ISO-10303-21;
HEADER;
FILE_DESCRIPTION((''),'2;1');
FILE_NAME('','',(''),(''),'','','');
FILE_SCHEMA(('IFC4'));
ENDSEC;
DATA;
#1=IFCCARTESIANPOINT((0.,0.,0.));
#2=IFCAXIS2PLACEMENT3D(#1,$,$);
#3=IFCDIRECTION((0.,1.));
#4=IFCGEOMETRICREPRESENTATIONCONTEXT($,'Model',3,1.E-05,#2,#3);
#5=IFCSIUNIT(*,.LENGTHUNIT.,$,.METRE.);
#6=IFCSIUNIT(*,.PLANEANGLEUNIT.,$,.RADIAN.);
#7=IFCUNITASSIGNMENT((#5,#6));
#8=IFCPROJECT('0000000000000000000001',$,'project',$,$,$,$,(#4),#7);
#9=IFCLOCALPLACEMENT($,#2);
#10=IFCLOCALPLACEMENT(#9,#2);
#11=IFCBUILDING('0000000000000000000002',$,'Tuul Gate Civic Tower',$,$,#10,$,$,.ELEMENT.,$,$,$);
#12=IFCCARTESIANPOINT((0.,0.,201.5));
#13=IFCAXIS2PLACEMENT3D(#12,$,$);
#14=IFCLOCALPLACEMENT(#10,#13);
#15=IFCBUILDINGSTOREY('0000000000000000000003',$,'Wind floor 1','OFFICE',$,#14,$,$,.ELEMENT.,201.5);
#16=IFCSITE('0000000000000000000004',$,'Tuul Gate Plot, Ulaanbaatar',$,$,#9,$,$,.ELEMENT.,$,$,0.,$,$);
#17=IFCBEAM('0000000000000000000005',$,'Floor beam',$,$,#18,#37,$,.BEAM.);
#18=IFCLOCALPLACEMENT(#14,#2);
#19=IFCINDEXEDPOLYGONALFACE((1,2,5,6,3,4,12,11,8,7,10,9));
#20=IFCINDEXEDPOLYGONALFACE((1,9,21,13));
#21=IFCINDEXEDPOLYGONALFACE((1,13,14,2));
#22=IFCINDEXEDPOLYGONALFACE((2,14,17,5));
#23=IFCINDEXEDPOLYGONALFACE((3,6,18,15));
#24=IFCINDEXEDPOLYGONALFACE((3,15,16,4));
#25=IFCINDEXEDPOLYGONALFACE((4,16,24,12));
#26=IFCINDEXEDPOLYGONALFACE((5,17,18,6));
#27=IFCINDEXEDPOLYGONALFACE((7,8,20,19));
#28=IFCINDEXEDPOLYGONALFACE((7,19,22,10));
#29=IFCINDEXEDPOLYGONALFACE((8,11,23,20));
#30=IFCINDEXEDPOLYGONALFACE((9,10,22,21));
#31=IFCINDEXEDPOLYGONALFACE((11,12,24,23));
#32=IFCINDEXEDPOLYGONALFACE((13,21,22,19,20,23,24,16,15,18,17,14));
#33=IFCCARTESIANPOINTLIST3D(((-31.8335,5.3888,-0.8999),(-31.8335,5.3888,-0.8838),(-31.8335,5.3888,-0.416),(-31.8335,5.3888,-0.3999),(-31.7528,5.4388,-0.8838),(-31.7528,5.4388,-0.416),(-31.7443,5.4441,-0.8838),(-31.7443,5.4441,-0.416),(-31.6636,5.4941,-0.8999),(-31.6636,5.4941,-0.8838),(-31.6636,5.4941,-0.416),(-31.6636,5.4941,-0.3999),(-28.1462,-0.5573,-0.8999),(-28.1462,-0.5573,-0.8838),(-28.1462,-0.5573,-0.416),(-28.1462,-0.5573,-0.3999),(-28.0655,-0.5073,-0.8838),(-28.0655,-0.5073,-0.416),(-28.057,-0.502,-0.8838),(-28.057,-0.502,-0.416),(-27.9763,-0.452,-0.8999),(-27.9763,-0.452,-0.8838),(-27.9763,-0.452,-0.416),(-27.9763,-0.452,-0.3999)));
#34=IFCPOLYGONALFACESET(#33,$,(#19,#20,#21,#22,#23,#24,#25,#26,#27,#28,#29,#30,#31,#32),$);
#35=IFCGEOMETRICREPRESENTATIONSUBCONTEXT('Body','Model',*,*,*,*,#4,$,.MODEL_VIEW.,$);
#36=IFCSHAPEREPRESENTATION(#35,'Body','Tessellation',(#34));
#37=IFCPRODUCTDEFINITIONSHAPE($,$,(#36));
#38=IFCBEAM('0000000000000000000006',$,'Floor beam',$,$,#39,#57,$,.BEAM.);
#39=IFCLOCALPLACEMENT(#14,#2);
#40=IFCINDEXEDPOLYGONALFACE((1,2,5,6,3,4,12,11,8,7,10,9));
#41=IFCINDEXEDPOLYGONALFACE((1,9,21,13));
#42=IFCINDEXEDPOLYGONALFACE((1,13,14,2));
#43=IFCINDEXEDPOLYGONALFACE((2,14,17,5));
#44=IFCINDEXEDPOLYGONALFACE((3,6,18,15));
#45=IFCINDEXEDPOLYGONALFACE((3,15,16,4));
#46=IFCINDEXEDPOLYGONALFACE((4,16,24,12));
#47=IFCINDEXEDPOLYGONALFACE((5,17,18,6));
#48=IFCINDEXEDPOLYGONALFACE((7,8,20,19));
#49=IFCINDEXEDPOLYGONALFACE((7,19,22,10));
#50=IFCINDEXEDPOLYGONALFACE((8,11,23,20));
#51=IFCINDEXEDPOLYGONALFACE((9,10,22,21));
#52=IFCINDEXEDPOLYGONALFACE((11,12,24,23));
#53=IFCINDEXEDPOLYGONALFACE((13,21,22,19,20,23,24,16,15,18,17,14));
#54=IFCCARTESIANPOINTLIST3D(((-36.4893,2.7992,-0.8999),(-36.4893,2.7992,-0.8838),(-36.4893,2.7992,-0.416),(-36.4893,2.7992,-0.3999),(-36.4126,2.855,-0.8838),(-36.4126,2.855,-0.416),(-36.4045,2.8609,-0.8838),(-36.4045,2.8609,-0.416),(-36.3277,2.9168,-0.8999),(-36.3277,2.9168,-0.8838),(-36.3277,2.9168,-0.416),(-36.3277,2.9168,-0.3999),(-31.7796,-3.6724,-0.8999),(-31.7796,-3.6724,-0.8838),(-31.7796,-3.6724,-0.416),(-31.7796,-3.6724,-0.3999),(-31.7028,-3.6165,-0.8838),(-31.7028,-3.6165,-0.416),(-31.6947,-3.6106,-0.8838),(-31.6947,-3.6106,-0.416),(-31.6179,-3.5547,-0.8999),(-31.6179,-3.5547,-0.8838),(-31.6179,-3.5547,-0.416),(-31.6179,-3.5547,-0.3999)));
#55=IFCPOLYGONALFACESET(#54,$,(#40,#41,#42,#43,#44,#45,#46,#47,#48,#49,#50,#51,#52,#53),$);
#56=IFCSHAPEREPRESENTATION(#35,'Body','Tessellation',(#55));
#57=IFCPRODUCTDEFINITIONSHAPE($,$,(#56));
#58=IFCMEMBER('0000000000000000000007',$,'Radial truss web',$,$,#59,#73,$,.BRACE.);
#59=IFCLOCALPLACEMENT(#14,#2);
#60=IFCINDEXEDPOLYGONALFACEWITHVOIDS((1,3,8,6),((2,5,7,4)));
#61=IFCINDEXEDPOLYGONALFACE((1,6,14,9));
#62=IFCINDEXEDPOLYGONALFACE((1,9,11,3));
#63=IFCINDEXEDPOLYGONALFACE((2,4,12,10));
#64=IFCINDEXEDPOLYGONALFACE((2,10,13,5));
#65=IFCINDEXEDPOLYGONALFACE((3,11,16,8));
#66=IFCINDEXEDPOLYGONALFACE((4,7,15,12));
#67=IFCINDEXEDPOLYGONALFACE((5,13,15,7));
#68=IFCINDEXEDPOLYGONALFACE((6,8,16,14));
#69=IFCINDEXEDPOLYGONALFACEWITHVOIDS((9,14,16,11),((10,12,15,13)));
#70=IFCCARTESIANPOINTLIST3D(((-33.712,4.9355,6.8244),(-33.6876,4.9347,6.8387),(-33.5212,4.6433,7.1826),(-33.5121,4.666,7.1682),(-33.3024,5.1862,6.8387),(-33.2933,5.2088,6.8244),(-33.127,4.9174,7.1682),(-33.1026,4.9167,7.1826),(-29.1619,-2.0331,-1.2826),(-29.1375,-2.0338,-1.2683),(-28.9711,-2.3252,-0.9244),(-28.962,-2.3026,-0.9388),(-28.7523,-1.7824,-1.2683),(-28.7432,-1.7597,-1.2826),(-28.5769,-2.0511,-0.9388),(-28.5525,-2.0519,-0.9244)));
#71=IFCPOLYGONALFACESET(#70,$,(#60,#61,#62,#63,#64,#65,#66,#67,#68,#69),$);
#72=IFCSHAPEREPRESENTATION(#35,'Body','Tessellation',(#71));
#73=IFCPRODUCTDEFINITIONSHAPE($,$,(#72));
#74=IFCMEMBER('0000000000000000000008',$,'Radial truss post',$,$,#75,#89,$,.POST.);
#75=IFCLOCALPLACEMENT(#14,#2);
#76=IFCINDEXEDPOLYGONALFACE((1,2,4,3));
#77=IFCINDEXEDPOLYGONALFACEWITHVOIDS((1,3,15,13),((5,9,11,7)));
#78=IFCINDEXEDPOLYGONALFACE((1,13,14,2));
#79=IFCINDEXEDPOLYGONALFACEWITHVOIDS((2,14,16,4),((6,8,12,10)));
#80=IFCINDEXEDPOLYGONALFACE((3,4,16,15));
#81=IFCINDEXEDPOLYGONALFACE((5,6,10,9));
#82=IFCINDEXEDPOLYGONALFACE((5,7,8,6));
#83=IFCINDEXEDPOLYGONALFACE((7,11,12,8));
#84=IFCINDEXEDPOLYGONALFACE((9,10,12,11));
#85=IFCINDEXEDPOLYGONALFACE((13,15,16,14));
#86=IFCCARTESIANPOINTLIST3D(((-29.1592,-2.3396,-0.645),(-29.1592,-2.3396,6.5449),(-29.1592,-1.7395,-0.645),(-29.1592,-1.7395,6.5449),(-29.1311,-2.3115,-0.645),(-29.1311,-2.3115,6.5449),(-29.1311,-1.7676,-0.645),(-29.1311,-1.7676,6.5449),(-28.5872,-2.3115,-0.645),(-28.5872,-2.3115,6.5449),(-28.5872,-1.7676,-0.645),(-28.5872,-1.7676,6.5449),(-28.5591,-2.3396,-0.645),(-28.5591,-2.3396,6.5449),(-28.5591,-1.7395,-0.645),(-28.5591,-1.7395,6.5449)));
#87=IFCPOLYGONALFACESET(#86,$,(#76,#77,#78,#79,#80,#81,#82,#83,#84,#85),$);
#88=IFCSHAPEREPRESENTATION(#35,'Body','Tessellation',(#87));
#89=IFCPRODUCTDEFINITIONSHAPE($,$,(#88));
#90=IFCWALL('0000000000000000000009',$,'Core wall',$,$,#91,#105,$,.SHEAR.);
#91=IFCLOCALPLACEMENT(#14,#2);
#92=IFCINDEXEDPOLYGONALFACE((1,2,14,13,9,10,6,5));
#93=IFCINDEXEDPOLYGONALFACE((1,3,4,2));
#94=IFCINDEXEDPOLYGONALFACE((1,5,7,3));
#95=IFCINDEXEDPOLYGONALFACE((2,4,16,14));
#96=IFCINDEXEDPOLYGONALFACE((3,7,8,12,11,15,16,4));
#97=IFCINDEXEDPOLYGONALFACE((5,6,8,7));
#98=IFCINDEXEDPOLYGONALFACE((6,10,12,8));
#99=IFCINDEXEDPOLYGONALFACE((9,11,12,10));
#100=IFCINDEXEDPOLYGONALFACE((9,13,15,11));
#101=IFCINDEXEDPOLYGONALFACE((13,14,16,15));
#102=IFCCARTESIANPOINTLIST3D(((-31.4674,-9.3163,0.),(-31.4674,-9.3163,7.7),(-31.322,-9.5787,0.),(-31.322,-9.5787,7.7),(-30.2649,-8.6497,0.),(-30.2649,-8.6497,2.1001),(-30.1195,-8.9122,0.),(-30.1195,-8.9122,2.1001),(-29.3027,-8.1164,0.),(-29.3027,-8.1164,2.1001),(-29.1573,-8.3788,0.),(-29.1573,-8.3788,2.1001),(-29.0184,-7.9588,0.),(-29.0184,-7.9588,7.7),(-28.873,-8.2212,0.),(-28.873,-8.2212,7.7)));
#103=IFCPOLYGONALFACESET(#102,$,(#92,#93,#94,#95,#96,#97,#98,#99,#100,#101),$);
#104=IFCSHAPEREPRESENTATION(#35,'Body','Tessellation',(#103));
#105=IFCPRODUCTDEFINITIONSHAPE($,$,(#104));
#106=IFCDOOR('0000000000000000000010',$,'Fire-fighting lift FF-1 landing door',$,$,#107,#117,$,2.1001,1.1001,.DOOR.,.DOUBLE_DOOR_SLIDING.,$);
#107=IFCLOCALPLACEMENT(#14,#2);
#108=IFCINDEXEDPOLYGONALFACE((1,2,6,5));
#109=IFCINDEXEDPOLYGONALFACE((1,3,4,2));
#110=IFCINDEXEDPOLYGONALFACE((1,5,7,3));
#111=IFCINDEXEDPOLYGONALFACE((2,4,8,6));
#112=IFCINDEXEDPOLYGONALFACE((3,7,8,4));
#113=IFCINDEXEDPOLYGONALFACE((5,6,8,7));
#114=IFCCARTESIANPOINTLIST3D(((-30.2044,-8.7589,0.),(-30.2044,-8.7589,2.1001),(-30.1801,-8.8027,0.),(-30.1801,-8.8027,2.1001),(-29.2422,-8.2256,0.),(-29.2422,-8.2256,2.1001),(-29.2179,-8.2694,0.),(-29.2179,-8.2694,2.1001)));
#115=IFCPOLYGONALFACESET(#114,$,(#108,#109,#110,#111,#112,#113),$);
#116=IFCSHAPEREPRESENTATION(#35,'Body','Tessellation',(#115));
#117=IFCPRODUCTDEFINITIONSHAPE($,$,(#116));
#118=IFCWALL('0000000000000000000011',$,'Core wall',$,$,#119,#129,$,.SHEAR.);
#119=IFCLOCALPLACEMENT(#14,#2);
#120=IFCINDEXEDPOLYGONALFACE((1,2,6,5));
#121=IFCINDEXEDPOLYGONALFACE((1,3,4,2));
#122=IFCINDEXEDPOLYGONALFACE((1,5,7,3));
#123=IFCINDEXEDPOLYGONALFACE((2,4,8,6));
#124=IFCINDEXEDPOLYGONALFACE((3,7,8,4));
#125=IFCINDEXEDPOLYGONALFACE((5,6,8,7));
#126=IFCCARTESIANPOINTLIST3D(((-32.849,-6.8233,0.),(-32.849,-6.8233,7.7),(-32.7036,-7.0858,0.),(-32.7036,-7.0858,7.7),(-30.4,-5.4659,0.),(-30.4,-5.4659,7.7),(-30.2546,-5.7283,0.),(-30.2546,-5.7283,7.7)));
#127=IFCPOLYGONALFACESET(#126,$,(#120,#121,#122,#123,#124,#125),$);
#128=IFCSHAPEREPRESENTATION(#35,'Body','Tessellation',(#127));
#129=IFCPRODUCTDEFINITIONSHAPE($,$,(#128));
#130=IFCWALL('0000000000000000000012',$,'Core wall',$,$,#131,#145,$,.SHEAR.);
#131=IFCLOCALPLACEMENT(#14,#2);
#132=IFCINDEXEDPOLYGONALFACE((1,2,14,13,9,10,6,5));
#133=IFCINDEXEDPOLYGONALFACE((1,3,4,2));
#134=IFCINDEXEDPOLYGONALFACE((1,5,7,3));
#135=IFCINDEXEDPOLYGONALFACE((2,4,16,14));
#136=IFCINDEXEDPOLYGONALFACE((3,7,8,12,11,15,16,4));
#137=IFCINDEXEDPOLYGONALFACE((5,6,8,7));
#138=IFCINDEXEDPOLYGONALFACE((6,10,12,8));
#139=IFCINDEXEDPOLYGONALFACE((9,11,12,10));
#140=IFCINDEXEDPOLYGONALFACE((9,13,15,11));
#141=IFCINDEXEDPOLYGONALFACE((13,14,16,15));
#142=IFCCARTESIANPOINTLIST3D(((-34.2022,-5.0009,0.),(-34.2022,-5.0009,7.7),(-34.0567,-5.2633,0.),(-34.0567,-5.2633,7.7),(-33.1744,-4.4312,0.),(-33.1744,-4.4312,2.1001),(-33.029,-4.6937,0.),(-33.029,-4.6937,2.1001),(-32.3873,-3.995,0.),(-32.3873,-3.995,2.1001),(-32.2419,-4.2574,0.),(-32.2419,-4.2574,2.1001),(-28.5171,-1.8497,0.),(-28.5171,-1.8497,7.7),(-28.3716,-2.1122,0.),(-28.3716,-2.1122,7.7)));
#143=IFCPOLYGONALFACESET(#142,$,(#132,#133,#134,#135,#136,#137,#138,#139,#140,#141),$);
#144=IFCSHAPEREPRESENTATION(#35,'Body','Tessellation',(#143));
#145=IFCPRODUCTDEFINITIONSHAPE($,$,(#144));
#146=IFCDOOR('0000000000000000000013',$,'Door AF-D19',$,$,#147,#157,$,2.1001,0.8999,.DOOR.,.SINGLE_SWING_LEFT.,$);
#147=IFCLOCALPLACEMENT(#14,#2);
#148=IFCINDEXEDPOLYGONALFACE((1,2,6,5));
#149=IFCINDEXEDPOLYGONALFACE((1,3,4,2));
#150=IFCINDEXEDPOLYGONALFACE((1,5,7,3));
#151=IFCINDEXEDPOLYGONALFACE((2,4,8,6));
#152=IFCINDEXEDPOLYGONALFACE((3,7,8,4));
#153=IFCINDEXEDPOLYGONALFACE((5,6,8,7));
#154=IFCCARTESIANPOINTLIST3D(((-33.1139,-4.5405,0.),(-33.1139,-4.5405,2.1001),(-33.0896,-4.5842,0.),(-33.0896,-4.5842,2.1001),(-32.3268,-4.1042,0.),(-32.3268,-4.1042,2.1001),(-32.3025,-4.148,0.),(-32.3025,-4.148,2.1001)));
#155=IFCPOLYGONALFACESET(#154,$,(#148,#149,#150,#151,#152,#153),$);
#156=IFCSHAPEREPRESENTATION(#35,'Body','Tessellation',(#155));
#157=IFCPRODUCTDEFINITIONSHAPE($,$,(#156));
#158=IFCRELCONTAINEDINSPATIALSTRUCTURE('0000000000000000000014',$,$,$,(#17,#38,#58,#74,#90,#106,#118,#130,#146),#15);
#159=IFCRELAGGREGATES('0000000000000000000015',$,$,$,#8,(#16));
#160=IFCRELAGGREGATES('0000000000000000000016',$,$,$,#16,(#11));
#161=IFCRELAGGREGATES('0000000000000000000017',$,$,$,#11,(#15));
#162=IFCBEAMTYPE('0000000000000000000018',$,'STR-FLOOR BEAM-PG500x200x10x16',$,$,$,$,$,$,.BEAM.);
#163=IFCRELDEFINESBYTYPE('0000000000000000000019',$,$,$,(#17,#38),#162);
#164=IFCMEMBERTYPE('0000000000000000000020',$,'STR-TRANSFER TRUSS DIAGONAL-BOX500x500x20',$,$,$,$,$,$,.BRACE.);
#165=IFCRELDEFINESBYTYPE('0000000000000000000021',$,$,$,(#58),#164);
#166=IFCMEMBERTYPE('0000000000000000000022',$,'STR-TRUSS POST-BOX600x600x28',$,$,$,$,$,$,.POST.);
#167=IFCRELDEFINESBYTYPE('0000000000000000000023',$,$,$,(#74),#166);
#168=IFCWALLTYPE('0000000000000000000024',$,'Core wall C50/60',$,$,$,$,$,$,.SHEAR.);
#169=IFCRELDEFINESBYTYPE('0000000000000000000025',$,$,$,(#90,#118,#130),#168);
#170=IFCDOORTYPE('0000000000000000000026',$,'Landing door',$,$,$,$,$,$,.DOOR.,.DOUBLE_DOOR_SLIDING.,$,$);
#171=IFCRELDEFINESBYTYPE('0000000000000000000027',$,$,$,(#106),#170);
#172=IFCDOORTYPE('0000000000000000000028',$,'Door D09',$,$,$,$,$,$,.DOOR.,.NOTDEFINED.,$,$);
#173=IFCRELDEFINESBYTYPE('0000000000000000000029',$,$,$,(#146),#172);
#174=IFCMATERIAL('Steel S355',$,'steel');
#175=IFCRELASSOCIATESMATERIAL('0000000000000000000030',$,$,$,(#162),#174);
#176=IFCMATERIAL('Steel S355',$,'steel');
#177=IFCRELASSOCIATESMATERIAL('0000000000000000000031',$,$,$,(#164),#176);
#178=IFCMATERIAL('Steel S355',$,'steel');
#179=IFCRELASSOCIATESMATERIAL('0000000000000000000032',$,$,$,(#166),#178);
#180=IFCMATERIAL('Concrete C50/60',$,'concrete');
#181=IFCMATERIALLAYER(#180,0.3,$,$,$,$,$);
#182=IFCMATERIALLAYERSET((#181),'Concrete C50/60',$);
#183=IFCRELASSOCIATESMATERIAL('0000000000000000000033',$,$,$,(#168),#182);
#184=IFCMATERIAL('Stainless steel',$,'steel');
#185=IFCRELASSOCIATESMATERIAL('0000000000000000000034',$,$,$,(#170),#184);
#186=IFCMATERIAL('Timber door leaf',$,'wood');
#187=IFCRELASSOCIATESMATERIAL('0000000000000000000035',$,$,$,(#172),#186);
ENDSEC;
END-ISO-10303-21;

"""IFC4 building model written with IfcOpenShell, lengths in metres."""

from ifc_helpers import new_model, si_unit, direction, frame, frame_2d, origin, origin_2d, place, context, subcontext, project, spatial, rectangle, hollow_rectangle, i_section, extrude, material, layer, layer_set, material_profile, profile_set, type_object, element, fill, save


model = new_model("IFC4")

# Units and contexts
model_context = context("Model", 3, precision=1e-05, world=origin(), true_north=direction((0.0, 1.0)))
body_context = subcontext(model_context, "Body", "Model", "MODEL_VIEW")
ifc_project = project(units=[si_unit("LENGTHUNIT", "METRE"), si_unit("PLANEANGLEUNIT", "RADIAN")], contexts=[model_context])

# Site, building, storey
site_placement = place(None, origin())
site = spatial("IfcSite", under=ifc_project, at=site_placement, Name="Tuul Gate Plot, Ulaanbaatar", CompositionType="ELEMENT", RefElevation=0.0)
building_placement = place(site_placement, origin())
building = spatial("IfcBuilding", under=site, at=building_placement, Name="Tuul Gate Civic Tower", CompositionType="ELEMENT")
storey_placement = place(building_placement, frame((0.0, 0.0, 201.5)))
storey = spatial("IfcBuildingStorey", under=building, at=storey_placement, Name="Wind floor 1", Description="OFFICE", CompositionType="ELEMENT", Elevation=201.5)

# Beams
ifc_material_1 = material(Name="Steel S355", Category="steel")
ifc_material_profile_1 = material_profile(ifc_material_1, i_section(OverallWidth=0.2, OverallDepth=0.5, WebThickness=0.01, FlangeThickness=0.0161, at=origin_2d()), Name="PG500x200x10x16")
ifc_profile_set_1 = profile_set([ifc_material_profile_1], Name="Steel S355")
beam_type = type_object("IfcBeamType", Name="STR-FLOOR BEAM-PG500x200x10x16", PredefinedType="BEAM", material=ifc_profile_set_1)
beam_1_placement = place(storey_placement, frame((-28.0613, -0.5046, -0.6499), z_axis=(-0.527013, 0.849857, 0.0), x_axis=(-0.849857, -0.527013, 0.0)))
element("IfcBeam", 1, at=beam_1_placement, inside=storey, type_object=beam_type, Name="Floor beam", PredefinedType="BEAM", context=body_context, shape_type="SweptSolid", body=[
    extrude(i_section(OverallWidth=0.2, OverallDepth=0.5, WebThickness=0.01, FlangeThickness=0.0161, at=origin_2d()), origin(), (0.0, 0.0, 1.0), 6.9966),
])
beam_2_placement = place(storey_placement, frame((-31.6987, -3.6135, -0.6499), z_axis=(-0.588435, 0.808545, 0.0), x_axis=(-0.808545, -0.588435, 0.0)))
element("IfcBeam", 2, at=beam_2_placement, inside=storey, type_object=beam_type, Name="Floor beam", PredefinedType="BEAM", context=body_context, shape_type="SweptSolid", body=[
    extrude(i_section(OverallWidth=0.2, OverallDepth=0.5, WebThickness=0.01, FlangeThickness=0.0161, at=origin_2d()), origin(), (0.0, 0.0, 1.0), 8.0039),
])

# Members
ifc_material_2 = material(Name="Steel S355", Category="steel")
ifc_material_profile_2 = material_profile(ifc_material_2, hollow_rectangle(XDim=0.5, YDim=0.5, WallThickness=0.02, at=origin_2d()), Name="BOX500x500x20")
ifc_profile_set_2 = profile_set([ifc_material_profile_2], Name="Steel S355")
member_type_1 = type_object("IfcMemberType", Name="STR-TRANSFER TRUSS DIAGONAL-BOX500x500x20", PredefinedType="BRACE", material=ifc_profile_set_2)
member_1_placement = place(storey_placement, frame((-28.8572, -2.0425, -1.1035), z_axis=(-0.391627, 0.599786, 0.697772), x_axis=(-0.837315, -0.54672, 0.0)))
element("IfcMember", 3, at=member_1_placement, inside=storey, type_object=member_type_1, Name="Radial truss web", PredefinedType="BRACE", context=body_context, shape_type="SweptSolid", body=[
    extrude(hollow_rectangle(XDim=0.5, YDim=0.5, WallThickness=0.02, at=origin_2d()), origin(), (0.0, 0.0, 1.0), 11.6184),
])
ifc_material_3 = material(Name="Steel S355", Category="steel")
ifc_material_profile_3 = material_profile(ifc_material_3, hollow_rectangle(XDim=0.6001, YDim=0.6001, WallThickness=0.0281, at=origin_2d()), Name="BOX600x600x28")
ifc_profile_set_3 = profile_set([ifc_material_profile_3], Name="Steel S355")
member_type_2 = type_object("IfcMemberType", Name="STR-TRUSS POST-BOX600x600x28", PredefinedType="POST", material=ifc_profile_set_3)
member_2_placement = place(storey_placement, frame((-28.8591, -2.0396, -0.645), z_axis=(0.0, 0.0, 1.0), x_axis=(1.0, 0.0, 0.0)))
element("IfcMember", 4, at=member_2_placement, inside=storey, type_object=member_type_2, Name="Radial truss post", PredefinedType="POST", context=body_context, shape_type="SweptSolid", body=[
    extrude(hollow_rectangle(XDim=0.6001, YDim=0.6001, WallThickness=0.0281, at=origin_2d()), origin(), (0.0, 0.0, 1.0), 7.1899),
])

# Wall, opening, door
ifc_material_4 = material(Name="Concrete C50/60", Category="concrete")
ifc_layer_1 = layer(ifc_material_4, 0.3)
ifc_layer_set_1 = layer_set([ifc_layer_1], Name="Concrete C50/60")
wall_type_1 = type_object("IfcWallType", Name="Core wall C50/60", PredefinedType="SHEAR", material=ifc_layer_set_1)
wall_1_placement = place(storey_placement, frame((-28.9458, -8.0901, 0.0), z_axis=(0.0, 0.0, 1.0), x_axis=(-0.87463, -0.484791, 0.0)))
wall_1 = element("IfcWall", 5, at=wall_1_placement, inside=storey, type_object=wall_type_1, Name="Core wall", PredefinedType="SHEAR", context=body_context, shape_type="SweptSolid", body=[
    extrude(rectangle(XDim=2.8, YDim=0.3, at=frame_2d((1.3999, 0.0))), origin(), (0.0, 0.0, 1.0), 7.7),
])
opening_1_placement = place(wall_1_placement, frame((0.325, 0.0, 0.0)))
opening_1 = element("IfcOpeningElement", 6, at=opening_1_placement, cuts=wall_1, PredefinedType="OPENING", context=body_context, shape_type="SweptSolid", body=[
    extrude(rectangle(XDim=1.1001, YDim=2.1001, at=frame_2d((0.55, 1.05))), frame((0.0, 0.1602, 0.0), z_axis=(0.0, -1.0, 0.0), x_axis=(1.0, 0.0, 0.0)), (0.0, 0.0, 1.0), 0.3201),
])
ifc_material_5 = material(Name="Stainless steel", Category="steel")
door_type_1 = type_object("IfcDoorType", Name="Landing door", OperationType="DOUBLE_DOOR_SLIDING", PredefinedType="DOOR", material=ifc_material_5)
door_1_placement = place(opening_1_placement, origin())
door_1 = element("IfcDoor", 7, at=door_1_placement, inside=storey, type_object=door_type_1, Name="Fire-fighting lift FF-1 landing door", OperationType="DOUBLE_DOOR_SLIDING", OverallHeight=2.1001, OverallWidth=1.1001, PredefinedType="DOOR", context=body_context, shape_type="SweptSolid", body=[
    extrude(rectangle(XDim=1.1001, YDim=2.1001, at=frame_2d((0.55, 1.05))), frame((0.0, 0.0249, 0.0), z_axis=(0.0, -1.0, 0.0), x_axis=(1.0, 0.0, 0.0)), (0.0, 0.0, 1.0), 0.05),
])
fill(opening_1, door_1)

# Wall
wall_2_placement = place(storey_placement, frame((-30.3274, -5.5972, 0.0), z_axis=(0.0, 0.0, 1.0), x_axis=(-0.87463, -0.484791, 0.0)))
element("IfcWall", 8, at=wall_2_placement, inside=storey, type_object=wall_type_1, Name="Core wall", PredefinedType="SHEAR", context=body_context, shape_type="SweptSolid", body=[
    extrude(rectangle(XDim=2.8, YDim=0.3, at=frame_2d((1.3999, 0.0))), origin(), (0.0, 0.0, 1.0), 7.7),
])

# Wall, opening, door
wall_3_placement = place(storey_placement, frame((-28.4443, -1.981, 0.0), z_axis=(0.0, 0.0, 1.0), x_axis=(-0.87463, -0.484791, 0.0)))
wall_3 = element("IfcWall", 9, at=wall_3_placement, inside=storey, type_object=wall_type_1, Name="Core wall", PredefinedType="SHEAR", context=body_context, shape_type="SweptSolid", body=[
    extrude(rectangle(XDim=6.5, YDim=0.3, at=frame_2d((3.25, 0.0))), origin(), (0.0, 0.0, 1.0), 7.7),
])
opening_2_placement = place(wall_3_placement, frame((4.425, 0.0, 0.0)))
opening_2 = element("IfcOpeningElement", 10, at=opening_2_placement, cuts=wall_3, PredefinedType="OPENING", context=body_context, shape_type="SweptSolid", body=[
    extrude(rectangle(XDim=0.8999, YDim=2.1001, at=frame_2d((0.45, 1.05))), frame((0.0, 0.1602, 0.0), z_axis=(0.0, -1.0, 0.0), x_axis=(1.0, 0.0, 0.0)), (0.0, 0.0, 1.0), 0.3201),
])
ifc_material_6 = material(Name="Timber door leaf", Category="wood")
door_type_2 = type_object("IfcDoorType", Name="Door D09", OperationType="NOTDEFINED", PredefinedType="DOOR", material=ifc_material_6)
door_2_placement = place(opening_2_placement, origin())
door_2 = element("IfcDoor", 11, at=door_2_placement, inside=storey, type_object=door_type_2, Name="Door AF-D19", OperationType="SINGLE_SWING_LEFT", OverallHeight=2.1001, OverallWidth=0.8999, PredefinedType="DOOR", context=body_context, shape_type="SweptSolid", body=[
    extrude(rectangle(XDim=0.8999, YDim=2.1001, at=frame_2d((0.45, 1.05))), frame((0.0, 0.0249, 0.0), z_axis=(0.0, -1.0, 0.0), x_axis=(1.0, 0.0, 0.0)), (0.0, 0.0, 1.0), 0.05),
])
fill(opening_2, door_2)

save(model, "model.ifc")
